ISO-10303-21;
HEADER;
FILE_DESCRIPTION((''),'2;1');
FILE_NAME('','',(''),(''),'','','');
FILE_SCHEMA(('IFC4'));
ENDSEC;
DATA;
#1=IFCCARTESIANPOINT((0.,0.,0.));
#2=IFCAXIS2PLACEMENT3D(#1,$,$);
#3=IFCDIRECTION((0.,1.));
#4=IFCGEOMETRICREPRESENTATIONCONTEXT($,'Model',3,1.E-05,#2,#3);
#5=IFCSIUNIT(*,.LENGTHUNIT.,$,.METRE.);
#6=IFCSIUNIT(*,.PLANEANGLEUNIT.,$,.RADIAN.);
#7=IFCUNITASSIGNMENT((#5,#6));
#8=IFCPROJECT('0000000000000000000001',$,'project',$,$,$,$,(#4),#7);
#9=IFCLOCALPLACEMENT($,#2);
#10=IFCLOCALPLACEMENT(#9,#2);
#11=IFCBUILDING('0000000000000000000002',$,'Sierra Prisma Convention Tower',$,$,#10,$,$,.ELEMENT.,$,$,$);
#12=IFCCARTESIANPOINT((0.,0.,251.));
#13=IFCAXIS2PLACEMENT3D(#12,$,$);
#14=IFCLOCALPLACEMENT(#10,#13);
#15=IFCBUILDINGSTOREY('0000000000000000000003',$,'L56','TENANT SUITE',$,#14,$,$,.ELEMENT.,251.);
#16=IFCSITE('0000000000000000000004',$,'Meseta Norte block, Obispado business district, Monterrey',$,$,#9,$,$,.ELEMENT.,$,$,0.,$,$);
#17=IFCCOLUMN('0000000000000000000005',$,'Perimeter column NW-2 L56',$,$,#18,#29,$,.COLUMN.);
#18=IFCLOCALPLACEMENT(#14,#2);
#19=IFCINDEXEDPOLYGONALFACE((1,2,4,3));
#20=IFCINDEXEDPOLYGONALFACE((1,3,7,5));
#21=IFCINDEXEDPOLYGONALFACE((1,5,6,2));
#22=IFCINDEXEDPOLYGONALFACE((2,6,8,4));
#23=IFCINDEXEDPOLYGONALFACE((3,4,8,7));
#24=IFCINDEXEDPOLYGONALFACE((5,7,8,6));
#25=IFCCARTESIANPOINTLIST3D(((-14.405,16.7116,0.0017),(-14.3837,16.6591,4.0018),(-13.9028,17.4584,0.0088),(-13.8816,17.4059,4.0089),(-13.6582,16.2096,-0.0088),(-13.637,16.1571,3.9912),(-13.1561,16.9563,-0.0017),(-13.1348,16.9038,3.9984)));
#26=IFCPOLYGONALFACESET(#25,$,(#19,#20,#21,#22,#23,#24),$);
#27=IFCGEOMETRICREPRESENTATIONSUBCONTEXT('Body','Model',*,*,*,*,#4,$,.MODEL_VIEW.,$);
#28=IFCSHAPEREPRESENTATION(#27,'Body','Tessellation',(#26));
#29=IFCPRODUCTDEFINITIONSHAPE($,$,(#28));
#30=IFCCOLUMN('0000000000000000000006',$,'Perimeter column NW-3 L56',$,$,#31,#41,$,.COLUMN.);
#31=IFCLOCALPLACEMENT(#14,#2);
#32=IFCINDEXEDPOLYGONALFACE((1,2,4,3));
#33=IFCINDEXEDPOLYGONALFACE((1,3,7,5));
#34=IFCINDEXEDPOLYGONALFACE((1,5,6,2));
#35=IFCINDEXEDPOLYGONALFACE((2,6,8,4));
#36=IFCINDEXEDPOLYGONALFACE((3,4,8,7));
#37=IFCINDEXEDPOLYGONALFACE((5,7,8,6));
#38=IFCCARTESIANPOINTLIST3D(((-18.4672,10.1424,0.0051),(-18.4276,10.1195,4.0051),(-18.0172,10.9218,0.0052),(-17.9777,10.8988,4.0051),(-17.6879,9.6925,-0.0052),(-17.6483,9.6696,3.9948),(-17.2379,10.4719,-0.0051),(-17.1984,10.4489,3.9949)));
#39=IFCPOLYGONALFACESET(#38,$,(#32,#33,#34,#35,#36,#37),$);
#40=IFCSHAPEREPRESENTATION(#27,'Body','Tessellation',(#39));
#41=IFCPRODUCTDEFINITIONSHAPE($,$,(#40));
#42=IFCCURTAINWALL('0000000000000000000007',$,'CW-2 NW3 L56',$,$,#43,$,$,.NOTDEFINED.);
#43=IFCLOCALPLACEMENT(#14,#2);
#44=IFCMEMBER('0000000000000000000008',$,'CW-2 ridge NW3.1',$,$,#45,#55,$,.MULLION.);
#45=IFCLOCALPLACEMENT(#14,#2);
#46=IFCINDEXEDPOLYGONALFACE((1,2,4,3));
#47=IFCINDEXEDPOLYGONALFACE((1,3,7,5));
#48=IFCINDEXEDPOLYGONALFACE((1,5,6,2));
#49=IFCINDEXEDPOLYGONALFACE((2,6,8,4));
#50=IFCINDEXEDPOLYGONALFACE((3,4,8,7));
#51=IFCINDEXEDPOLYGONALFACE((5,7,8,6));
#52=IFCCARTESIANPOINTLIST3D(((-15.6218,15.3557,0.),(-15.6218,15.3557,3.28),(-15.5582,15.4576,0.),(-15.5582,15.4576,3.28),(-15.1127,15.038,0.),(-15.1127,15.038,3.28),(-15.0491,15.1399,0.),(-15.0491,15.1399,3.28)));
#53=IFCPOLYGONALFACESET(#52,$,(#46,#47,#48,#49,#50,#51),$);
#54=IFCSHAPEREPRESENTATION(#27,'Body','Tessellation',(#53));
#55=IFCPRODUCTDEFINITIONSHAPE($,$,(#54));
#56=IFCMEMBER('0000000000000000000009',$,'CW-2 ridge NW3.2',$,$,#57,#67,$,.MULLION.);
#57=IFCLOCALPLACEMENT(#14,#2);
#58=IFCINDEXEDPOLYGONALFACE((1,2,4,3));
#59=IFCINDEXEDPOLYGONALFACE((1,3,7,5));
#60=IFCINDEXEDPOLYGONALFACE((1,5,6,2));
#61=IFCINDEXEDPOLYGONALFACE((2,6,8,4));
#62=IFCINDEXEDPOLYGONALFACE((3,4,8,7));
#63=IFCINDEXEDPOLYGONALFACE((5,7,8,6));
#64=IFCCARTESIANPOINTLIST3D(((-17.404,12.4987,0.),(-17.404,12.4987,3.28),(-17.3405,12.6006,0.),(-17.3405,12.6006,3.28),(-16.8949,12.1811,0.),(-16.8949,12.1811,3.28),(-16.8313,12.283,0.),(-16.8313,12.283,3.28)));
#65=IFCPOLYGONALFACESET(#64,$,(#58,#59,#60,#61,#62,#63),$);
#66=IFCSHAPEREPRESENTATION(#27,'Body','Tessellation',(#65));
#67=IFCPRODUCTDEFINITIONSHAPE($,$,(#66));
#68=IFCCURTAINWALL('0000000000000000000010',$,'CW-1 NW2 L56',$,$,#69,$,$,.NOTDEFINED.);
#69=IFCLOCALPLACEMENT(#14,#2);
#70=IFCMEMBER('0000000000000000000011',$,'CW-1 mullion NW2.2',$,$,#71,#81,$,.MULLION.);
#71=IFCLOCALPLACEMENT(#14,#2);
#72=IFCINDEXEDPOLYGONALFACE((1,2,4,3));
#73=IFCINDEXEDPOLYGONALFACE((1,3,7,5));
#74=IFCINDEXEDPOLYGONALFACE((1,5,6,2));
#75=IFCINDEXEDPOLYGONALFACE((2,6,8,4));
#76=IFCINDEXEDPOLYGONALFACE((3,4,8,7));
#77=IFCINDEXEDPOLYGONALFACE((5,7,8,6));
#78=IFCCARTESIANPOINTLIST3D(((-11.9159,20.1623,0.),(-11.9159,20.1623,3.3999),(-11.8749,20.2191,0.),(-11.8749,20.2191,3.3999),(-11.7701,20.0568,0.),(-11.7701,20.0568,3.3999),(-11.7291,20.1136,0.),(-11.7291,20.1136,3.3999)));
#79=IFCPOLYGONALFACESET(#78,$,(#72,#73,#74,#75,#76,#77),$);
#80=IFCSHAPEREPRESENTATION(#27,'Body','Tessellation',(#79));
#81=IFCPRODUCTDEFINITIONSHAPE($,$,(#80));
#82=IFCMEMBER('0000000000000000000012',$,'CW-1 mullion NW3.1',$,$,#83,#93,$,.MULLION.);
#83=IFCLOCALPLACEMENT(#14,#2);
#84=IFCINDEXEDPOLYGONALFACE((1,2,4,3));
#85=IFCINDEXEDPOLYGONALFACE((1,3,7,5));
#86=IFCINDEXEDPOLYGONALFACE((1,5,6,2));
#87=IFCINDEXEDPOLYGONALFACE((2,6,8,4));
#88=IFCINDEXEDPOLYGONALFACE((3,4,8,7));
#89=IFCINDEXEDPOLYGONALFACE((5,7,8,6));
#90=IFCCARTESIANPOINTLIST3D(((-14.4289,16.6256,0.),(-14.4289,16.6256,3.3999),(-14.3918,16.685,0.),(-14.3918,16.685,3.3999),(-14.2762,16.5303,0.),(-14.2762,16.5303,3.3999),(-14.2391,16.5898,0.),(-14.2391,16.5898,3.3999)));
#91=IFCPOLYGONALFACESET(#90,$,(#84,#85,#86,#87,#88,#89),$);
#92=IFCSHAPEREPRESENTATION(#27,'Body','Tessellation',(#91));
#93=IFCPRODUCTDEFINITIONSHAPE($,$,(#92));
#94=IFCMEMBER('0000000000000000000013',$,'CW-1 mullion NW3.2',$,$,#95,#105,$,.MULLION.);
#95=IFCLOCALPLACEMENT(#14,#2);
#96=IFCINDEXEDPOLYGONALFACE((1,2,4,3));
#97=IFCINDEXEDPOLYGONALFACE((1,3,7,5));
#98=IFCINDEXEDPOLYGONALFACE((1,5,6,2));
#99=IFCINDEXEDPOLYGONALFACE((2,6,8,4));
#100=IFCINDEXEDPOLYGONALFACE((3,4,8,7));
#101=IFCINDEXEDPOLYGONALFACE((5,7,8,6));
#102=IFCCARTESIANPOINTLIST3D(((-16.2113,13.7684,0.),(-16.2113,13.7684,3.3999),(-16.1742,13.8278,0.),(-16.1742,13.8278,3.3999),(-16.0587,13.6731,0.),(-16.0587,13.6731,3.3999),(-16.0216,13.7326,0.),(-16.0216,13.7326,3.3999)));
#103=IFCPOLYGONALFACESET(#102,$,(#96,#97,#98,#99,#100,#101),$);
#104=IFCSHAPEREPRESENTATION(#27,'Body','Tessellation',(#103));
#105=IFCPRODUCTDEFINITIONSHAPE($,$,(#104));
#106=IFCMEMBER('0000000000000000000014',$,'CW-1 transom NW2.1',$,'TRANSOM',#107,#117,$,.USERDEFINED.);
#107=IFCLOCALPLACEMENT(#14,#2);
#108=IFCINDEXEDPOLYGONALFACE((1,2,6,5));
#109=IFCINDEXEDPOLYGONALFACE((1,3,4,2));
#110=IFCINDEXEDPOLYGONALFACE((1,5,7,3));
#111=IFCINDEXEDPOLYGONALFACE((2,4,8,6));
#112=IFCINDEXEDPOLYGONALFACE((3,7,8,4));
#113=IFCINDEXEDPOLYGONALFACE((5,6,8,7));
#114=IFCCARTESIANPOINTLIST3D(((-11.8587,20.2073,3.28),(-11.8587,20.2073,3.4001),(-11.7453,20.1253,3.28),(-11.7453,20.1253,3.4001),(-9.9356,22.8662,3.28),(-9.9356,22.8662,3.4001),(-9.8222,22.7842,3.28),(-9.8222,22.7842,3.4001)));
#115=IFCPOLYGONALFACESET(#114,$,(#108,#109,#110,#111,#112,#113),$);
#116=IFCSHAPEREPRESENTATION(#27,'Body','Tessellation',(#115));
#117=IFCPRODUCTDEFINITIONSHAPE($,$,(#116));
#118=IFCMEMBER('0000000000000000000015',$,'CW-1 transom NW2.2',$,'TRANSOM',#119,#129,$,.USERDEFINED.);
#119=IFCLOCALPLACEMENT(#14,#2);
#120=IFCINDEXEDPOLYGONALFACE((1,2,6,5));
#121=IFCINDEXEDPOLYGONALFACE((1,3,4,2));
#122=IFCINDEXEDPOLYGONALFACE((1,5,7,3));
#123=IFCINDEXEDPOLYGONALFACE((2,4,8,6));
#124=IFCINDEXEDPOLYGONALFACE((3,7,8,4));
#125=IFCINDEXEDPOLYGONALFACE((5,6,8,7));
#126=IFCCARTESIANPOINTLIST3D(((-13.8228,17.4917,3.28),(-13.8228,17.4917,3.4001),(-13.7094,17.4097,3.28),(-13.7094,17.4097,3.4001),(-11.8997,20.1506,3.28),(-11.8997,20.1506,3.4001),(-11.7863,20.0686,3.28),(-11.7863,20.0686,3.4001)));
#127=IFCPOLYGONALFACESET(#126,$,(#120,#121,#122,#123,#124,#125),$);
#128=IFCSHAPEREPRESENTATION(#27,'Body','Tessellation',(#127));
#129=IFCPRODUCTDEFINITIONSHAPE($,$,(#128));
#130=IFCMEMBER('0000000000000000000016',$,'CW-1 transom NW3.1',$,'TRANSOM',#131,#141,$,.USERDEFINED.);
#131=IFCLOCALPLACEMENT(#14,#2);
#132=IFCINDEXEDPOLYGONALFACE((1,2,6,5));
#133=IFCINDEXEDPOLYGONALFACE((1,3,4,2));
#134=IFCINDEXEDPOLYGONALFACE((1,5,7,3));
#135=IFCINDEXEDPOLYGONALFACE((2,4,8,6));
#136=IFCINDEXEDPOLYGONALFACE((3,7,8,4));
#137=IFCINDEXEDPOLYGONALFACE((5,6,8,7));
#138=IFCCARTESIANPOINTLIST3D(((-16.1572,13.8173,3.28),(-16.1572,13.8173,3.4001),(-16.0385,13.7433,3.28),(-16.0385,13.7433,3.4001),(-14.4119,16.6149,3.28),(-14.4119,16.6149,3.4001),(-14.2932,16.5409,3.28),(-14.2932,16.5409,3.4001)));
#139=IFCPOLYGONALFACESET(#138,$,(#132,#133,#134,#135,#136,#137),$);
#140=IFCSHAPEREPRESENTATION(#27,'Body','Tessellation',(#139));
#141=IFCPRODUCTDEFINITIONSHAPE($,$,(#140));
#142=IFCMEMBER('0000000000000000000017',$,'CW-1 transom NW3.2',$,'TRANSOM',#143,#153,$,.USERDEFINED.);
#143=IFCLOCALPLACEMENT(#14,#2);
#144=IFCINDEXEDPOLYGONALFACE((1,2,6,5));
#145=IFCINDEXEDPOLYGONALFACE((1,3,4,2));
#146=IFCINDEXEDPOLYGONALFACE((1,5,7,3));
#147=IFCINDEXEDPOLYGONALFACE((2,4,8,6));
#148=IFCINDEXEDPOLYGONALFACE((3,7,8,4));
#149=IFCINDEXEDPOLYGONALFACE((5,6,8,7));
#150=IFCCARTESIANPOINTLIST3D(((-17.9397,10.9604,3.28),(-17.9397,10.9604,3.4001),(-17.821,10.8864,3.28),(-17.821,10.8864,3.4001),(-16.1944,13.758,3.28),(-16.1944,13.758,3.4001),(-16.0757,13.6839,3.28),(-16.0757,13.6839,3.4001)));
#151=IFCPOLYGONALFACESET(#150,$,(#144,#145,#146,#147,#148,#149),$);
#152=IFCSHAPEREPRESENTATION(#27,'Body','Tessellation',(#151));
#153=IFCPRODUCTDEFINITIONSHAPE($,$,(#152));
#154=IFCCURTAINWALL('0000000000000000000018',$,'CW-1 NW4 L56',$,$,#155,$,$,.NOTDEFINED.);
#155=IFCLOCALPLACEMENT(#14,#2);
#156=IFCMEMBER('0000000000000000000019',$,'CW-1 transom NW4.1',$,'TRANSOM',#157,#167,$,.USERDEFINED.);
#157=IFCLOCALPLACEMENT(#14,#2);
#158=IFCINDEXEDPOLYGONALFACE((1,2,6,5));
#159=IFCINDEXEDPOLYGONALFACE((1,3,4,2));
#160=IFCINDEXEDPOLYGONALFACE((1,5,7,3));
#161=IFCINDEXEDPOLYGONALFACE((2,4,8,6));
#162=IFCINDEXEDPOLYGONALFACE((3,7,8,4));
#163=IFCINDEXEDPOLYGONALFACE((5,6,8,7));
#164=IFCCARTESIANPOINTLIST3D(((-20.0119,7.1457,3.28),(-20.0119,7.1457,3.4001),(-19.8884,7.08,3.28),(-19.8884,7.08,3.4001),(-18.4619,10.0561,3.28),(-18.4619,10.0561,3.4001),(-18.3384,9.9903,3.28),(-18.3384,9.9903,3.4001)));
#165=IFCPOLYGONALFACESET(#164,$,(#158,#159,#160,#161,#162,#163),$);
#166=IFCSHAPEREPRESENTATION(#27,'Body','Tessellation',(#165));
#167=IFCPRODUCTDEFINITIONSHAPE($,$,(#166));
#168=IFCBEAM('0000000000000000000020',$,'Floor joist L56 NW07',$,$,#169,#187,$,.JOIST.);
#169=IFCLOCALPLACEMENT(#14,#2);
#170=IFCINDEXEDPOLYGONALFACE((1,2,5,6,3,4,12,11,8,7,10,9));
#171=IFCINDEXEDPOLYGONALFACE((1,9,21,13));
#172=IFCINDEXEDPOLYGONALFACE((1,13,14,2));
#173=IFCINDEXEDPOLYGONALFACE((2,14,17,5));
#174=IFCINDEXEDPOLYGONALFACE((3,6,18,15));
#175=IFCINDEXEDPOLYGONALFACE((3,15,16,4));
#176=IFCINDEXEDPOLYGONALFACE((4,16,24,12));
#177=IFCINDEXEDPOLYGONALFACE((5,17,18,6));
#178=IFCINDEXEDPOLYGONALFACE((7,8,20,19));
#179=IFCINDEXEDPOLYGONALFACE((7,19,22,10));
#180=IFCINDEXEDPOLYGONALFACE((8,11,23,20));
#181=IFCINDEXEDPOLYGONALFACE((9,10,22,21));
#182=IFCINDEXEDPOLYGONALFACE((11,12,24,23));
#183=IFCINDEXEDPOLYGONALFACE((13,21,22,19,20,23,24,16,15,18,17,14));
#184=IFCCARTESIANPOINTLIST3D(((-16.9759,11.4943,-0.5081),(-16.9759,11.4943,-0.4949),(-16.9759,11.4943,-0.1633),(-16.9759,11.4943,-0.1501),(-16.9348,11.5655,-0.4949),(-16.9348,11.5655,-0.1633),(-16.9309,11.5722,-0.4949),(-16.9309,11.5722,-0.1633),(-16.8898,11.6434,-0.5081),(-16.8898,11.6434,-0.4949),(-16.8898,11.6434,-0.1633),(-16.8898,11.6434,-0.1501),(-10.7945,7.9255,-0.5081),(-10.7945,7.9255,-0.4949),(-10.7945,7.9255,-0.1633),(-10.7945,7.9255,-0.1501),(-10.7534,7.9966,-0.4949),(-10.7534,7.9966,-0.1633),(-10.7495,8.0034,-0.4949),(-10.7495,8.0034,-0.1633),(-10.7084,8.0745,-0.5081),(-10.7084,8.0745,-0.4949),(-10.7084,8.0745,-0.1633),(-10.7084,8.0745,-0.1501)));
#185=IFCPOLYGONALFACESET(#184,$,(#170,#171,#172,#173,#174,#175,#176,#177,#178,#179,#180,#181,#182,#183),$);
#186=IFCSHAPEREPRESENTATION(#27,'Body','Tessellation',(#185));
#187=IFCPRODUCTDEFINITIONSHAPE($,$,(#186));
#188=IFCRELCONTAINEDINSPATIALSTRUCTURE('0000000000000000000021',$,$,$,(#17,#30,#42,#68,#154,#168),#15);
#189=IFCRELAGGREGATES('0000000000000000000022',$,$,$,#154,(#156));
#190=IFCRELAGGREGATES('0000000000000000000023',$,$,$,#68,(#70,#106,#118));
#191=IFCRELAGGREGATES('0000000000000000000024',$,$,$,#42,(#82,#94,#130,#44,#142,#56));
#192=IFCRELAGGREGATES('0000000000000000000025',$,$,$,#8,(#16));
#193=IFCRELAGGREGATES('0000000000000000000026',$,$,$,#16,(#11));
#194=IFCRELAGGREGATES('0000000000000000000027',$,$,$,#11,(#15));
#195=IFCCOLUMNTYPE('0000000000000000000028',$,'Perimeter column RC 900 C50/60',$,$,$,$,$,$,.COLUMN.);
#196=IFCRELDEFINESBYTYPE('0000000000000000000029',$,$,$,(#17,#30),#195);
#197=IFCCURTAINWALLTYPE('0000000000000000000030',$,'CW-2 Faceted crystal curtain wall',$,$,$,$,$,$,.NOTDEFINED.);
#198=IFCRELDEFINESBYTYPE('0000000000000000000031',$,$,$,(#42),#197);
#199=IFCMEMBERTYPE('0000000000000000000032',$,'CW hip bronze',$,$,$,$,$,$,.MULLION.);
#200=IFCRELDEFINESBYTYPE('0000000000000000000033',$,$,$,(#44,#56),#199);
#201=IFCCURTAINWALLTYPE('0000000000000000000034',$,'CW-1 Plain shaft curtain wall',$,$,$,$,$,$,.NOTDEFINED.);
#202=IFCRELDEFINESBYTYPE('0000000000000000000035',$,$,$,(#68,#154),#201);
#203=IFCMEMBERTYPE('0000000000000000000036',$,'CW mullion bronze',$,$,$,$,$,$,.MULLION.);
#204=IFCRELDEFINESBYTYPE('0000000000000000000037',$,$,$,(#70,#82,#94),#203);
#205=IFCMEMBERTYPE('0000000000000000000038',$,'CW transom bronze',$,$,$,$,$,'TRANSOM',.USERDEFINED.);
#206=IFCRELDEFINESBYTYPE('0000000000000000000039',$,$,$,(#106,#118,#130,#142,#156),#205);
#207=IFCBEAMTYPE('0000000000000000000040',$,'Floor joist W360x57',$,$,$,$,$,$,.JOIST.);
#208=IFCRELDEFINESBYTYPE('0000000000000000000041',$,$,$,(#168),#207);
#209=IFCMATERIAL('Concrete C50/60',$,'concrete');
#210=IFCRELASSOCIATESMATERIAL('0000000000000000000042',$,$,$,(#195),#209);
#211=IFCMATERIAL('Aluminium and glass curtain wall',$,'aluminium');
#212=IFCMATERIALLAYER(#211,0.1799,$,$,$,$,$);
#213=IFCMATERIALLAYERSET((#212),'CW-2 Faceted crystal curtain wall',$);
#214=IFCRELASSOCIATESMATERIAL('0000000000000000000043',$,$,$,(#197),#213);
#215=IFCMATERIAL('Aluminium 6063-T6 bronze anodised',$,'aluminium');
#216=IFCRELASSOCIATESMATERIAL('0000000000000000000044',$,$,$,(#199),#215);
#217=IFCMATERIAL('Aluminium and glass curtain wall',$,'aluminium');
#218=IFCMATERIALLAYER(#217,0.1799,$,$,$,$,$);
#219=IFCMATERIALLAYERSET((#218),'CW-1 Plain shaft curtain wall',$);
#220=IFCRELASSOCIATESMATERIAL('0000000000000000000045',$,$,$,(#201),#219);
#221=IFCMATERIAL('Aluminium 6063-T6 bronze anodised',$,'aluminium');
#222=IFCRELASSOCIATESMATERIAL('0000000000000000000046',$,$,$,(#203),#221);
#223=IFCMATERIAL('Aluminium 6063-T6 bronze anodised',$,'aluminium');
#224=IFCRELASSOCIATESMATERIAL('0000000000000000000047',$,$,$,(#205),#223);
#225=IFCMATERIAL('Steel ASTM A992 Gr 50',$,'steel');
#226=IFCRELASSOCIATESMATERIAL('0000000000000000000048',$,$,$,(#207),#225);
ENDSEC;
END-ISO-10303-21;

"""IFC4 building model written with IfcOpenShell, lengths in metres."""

from ifc_helpers import new_model, si_unit, direction, frame, origin, origin_2d, place, context, subcontext, project, spatial, rectangle, i_section, extrude, material, layer, layer_set, material_profile, profile_set, type_object, element, aggregate, save


model = new_model("IFC4")

# Units and contexts
model_context = context("Model", 3, precision=1e-05, world=origin(), true_north=direction((0.0, 1.0)))
body_context = subcontext(model_context, "Body", "Model", "MODEL_VIEW")
ifc_project = project(units=[si_unit("LENGTHUNIT", "METRE"), si_unit("PLANEANGLEUNIT", "RADIAN")], contexts=[model_context])

# Site, building, storey
site_placement = place(None, origin())
site = spatial("IfcSite", under=ifc_project, at=site_placement, Name="Meseta Norte block, Obispado business district, Monterrey", CompositionType="ELEMENT", RefElevation=0.0)
building_placement = place(site_placement, origin())
building = spatial("IfcBuilding", under=site, at=building_placement, Name="Sierra Prisma Convention Tower", CompositionType="ELEMENT")
storey_placement = place(building_placement, frame((0.0, 0.0, 251.0)))
storey = spatial("IfcBuildingStorey", under=building, at=storey_placement, Name="L56", Description="TENANT SUITE", CompositionType="ELEMENT", Elevation=251.0)

# Columns
ifc_material_1 = material(Name="Concrete C50/60", Category="concrete")
ifc_material_profile_1 = material_profile(ifc_material_1, rectangle(XDim=0.8999, YDim=0.8999, at=origin_2d()), Name="Perimeter column RC 900 C50/60")
ifc_profile_set_1 = profile_set([ifc_material_profile_1], Name="Concrete C50/60")
column_type = type_object("IfcColumnType", Name="Perimeter column RC 900 C50/60", PredefinedType="COLUMN", material=ifc_profile_set_1)
column_1_placement = place(storey_placement, frame((-13.7805, 16.834, 0.0), z_axis=(0.00531, -0.013121, 0.9999), x_axis=(0.557997, 0.829805, 0.007926)))
element("IfcColumn", 1, at=column_1_placement, inside=storey, type_object=column_type, Name="Perimeter column NW-2 L56", PredefinedType="COLUMN", context=body_context, shape_type="SweptSolid", body=[
    extrude(rectangle(XDim=0.8999, YDim=0.8999, at=origin_2d()), origin(), (0.0, 0.0, 1.0), 4.0005),
])
column_2_placement = place(storey_placement, frame((-17.8525, 10.3071, 0.0), z_axis=(0.009887, -0.005737, 0.999935), x_axis=(0.499976, 0.86604, 0.000025)))
element("IfcColumn", 2, at=column_2_placement, inside=storey, type_object=column_type, Name="Perimeter column NW-3 L56", PredefinedType="COLUMN", context=body_context, shape_type="SweptSolid", body=[
    extrude(rectangle(XDim=0.8999, YDim=0.8999, at=origin_2d()), origin(), (0.0, 0.0, 1.0), 4.0002),
])

# Curtain wall, members
ifc_material_2 = material(Name="Aluminium and glass curtain wall", Category="aluminium")
ifc_layer_1 = layer(ifc_material_2, 0.1799)
ifc_layer_set_1 = layer_set([ifc_layer_1], Name="CW-2 Faceted crystal curtain wall")
curtain_wall_type_1 = type_object("IfcCurtainWallType", Name="CW-2 Faceted crystal curtain wall", PredefinedType="NOTDEFINED", material=ifc_layer_set_1)
curtain_wall_1_placement = place(storey_placement, origin())
curtain_wall_1 = element("IfcCurtainWall", 3, at=curtain_wall_1_placement, inside=storey, type_object=curtain_wall_type_1, Name="CW-2 NW3 L56", PredefinedType="NOTDEFINED")
ifc_material_3 = material(Name="Aluminium 6063-T6 bronze anodised", Category="aluminium")
ifc_material_profile_2 = material_profile(ifc_material_3, rectangle(XDim=0.1201, YDim=0.6001, at=origin_2d()), Name="ALU RIDGE BLADE 120x600")
ifc_profile_set_2 = profile_set([ifc_material_profile_2], Name="Aluminium 6063-T6 bronze anodised")
member_type_1 = type_object("IfcMemberType", Name="CW hip bronze", PredefinedType="MULLION", material=ifc_profile_set_2)
member_1_placement = place(storey_placement, frame((-15.3354, 15.2478, 0.0), z_axis=(0.0, 0.0, 1.0), x_axis=(-0.529312, -0.848427, 0.0)))
member_1 = element("IfcMember", 4, at=member_1_placement, type_object=member_type_1, Name="CW-2 ridge NW3.1", PredefinedType="MULLION", context=body_context, shape_type="SweptSolid", body=[
    extrude(rectangle(XDim=0.1201, YDim=0.6001, at=origin_2d()), origin(), (0.0, 0.0, 1.0), 3.28),
])
member_2_placement = place(storey_placement, frame((-17.1177, 12.3909, 0.0), z_axis=(0.0, 0.0, 1.0), x_axis=(-0.529312, -0.848427, 0.0)))
member_2 = element("IfcMember", 5, at=member_2_placement, type_object=member_type_1, Name="CW-2 ridge NW3.2", PredefinedType="MULLION", context=body_context, shape_type="SweptSolid", body=[
    extrude(rectangle(XDim=0.1201, YDim=0.6001, at=origin_2d()), origin(), (0.0, 0.0, 1.0), 3.28),
])

# Curtain wall, member
ifc_material_4 = material(Name="Aluminium and glass curtain wall", Category="aluminium")
ifc_layer_2 = layer(ifc_material_4, 0.1799)
ifc_layer_set_2 = layer_set([ifc_layer_2], Name="CW-1 Plain shaft curtain wall")
curtain_wall_type_2 = type_object("IfcCurtainWallType", Name="CW-1 Plain shaft curtain wall", PredefinedType="NOTDEFINED", material=ifc_layer_set_2)
curtain_wall_2_placement = place(storey_placement, origin())
curtain_wall_2 = element("IfcCurtainWall", 6, at=curtain_wall_2_placement, inside=storey, type_object=curtain_wall_type_2, Name="CW-1 NW2 L56", PredefinedType="NOTDEFINED")
ifc_material_5 = material(Name="Aluminium 6063-T6 bronze anodised", Category="aluminium")
ifc_material_profile_3 = material_profile(ifc_material_5, rectangle(XDim=0.1799, YDim=0.0701, at=origin_2d()), Name="ALU MULLION 70x180")
ifc_profile_set_3 = profile_set([ifc_material_profile_3], Name="Aluminium 6063-T6 bronze anodised")
member_type_2 = type_object("IfcMemberType", Name="CW mullion bronze", PredefinedType="MULLION", material=ifc_profile_set_3)
member_3_placement = place(storey_placement, frame((-11.8225, 20.1379, 0.0), z_axis=(0.0, 0.0, 1.0), x_axis=(0.810278, -0.586046, 0.0)))
member_3 = element("IfcMember", 7, at=member_3_placement, type_object=member_type_2, Name="CW-1 mullion NW2.2", PredefinedType="MULLION", context=body_context, shape_type="SweptSolid", body=[
    extrude(rectangle(XDim=0.1799, YDim=0.0701, at=origin_2d()), origin(), (0.0, 0.0, 1.0), 3.3999),
])

# Members
member_4_placement = place(storey_placement, frame((-14.334, 16.6077, 0.0), z_axis=(0.0, 0.0, 1.0), x_axis=(0.848427, -0.529312, 0.0)))
member_4 = element("IfcMember", 8, at=member_4_placement, type_object=member_type_2, Name="CW-1 mullion NW3.1", PredefinedType="MULLION", context=body_context, shape_type="SweptSolid", body=[
    extrude(rectangle(XDim=0.1799, YDim=0.0701, at=origin_2d()), origin(), (0.0, 0.0, 1.0), 3.3999),
])
member_5_placement = place(storey_placement, frame((-16.1165, 13.7505, 0.0), z_axis=(0.0, 0.0, 1.0), x_axis=(0.848427, -0.529312, 0.0)))
member_5 = element("IfcMember", 9, at=member_5_placement, type_object=member_type_2, Name="CW-1 mullion NW3.2", PredefinedType="MULLION", context=body_context, shape_type="SweptSolid", body=[
    extrude(rectangle(XDim=0.1799, YDim=0.0701, at=origin_2d()), origin(), (0.0, 0.0, 1.0), 3.3999),
])
ifc_material_6 = material(Name="Aluminium 6063-T6 bronze anodised", Category="aluminium")
ifc_material_profile_4 = material_profile(ifc_material_6, rectangle(XDim=0.1399, YDim=0.1201, at=origin_2d()), Name="ALU TRANSOM 120x140")
ifc_profile_set_4 = profile_set([ifc_material_profile_4], Name="Aluminium 6063-T6 bronze anodised")
member_type_3 = type_object("IfcMemberType", Name="CW transom bronze", ElementType="TRANSOM", PredefinedType="USERDEFINED", material=ifc_profile_set_4)
member_6_placement = place(storey_placement, frame((-9.8789, 22.8252, 3.3401), z_axis=(-0.586042, -0.810281, 0.0), x_axis=(0.810281, -0.586042, 0.0)))
member_6 = element("IfcMember", 10, at=member_6_placement, type_object=member_type_3, Name="CW-1 transom NW2.1", ObjectType="TRANSOM", PredefinedType="USERDEFINED", context=body_context, shape_type="SweptSolid", body=[
    extrude(rectangle(XDim=0.1399, YDim=0.1201, at=origin_2d()), origin(), (0.0, 0.0, 1.0), 3.2815),
])
member_7_placement = place(storey_placement, frame((-11.843, 20.1096, 3.3401), z_axis=(-0.586042, -0.810281, 0.0), x_axis=(0.810281, -0.586042, 0.0)))
member_7 = element("IfcMember", 11, at=member_7_placement, type_object=member_type_3, Name="CW-1 transom NW2.2", ObjectType="TRANSOM", PredefinedType="USERDEFINED", context=body_context, shape_type="SweptSolid", body=[
    extrude(rectangle(XDim=0.1399, YDim=0.1201, at=origin_2d()), origin(), (0.0, 0.0, 1.0), 3.2815),
])
member_8_placement = place(storey_placement, frame((-14.3525, 16.5779, 3.3401), z_axis=(-0.529313, -0.848426, 0.0), x_axis=(0.848426, -0.529313, 0.0)))
member_8 = element("IfcMember", 12, at=member_8_placement, type_object=member_type_3, Name="CW-1 transom NW3.1", ObjectType="TRANSOM", PredefinedType="USERDEFINED", context=body_context, shape_type="SweptSolid", body=[
    extrude(rectangle(XDim=0.1399, YDim=0.1201, at=origin_2d()), origin(), (0.0, 0.0, 1.0), 3.2974),
])
member_9_placement = place(storey_placement, frame((-16.135, 13.7209, 3.3401), z_axis=(-0.529313, -0.848426, 0.0), x_axis=(0.848426, -0.529313, 0.0)))
member_9 = element("IfcMember", 13, at=member_9_placement, type_object=member_type_3, Name="CW-1 transom NW3.2", ObjectType="TRANSOM", PredefinedType="USERDEFINED", context=body_context, shape_type="SweptSolid", body=[
    extrude(rectangle(XDim=0.1399, YDim=0.1201, at=origin_2d()), origin(), (0.0, 0.0, 1.0), 3.2974),
])

# Curtain wall, member
curtain_wall_3_placement = place(storey_placement, origin())
curtain_wall_3 = element("IfcCurtainWall", 14, at=curtain_wall_3_placement, inside=storey, type_object=curtain_wall_type_2, Name="CW-1 NW4 L56", PredefinedType="NOTDEFINED")
member_10_placement = place(storey_placement, frame((-18.4001, 10.0232, 3.3401), z_axis=(-0.470077, -0.882625, 0.0), x_axis=(0.882625, -0.470077, 0.0)))
member_10 = element("IfcMember", 15, at=member_10_placement, type_object=member_type_3, Name="CW-1 transom NW4.1", ObjectType="TRANSOM", PredefinedType="USERDEFINED", context=body_context, shape_type="SweptSolid", body=[
    extrude(rectangle(XDim=0.1399, YDim=0.1201, at=origin_2d()), origin(), (0.0, 0.0, 1.0), 3.2974),
])
aggregate(curtain_wall_3, [member_10])

# Beam
ifc_material_7 = material(Name="Steel ASTM A992 Gr 50", Category="steel")
ifc_material_profile_5 = material_profile(ifc_material_7, i_section(OverallWidth=0.1721, OverallDepth=0.3579, WebThickness=0.0078, FlangeThickness=0.0132, at=origin_2d()), Name="W360x57")
ifc_profile_set_5 = profile_set([ifc_material_profile_5], Name="Steel ASTM A992 Gr 50")
beam_type_1 = type_object("IfcBeamType", Name="Floor joist W360x57", PredefinedType="JOIST", material=ifc_profile_set_5)
beam_1_placement = place(storey_placement, frame((-16.9329, 11.5688, -0.3291), z_axis=(0.866024, -0.500002, 0.0), x_axis=(0.500002, 0.866024, 0.0)))
element("IfcBeam", 16, at=beam_1_placement, inside=storey, type_object=beam_type_1, Name="Floor joist L56 NW07", PredefinedType="JOIST", context=body_context, shape_type="SweptSolid", body=[
    extrude(i_section(OverallWidth=0.1721, OverallDepth=0.3579, WebThickness=0.0078, FlangeThickness=0.0132, at=origin_2d()), origin(), (0.0, 0.0, 1.0), 7.1377),
])

aggregate(curtain_wall_2, [member_3, member_6, member_7])
aggregate(curtain_wall_1, [member_4, member_5, member_8, member_1, member_9, member_2])

save(model, "model.ifc")
